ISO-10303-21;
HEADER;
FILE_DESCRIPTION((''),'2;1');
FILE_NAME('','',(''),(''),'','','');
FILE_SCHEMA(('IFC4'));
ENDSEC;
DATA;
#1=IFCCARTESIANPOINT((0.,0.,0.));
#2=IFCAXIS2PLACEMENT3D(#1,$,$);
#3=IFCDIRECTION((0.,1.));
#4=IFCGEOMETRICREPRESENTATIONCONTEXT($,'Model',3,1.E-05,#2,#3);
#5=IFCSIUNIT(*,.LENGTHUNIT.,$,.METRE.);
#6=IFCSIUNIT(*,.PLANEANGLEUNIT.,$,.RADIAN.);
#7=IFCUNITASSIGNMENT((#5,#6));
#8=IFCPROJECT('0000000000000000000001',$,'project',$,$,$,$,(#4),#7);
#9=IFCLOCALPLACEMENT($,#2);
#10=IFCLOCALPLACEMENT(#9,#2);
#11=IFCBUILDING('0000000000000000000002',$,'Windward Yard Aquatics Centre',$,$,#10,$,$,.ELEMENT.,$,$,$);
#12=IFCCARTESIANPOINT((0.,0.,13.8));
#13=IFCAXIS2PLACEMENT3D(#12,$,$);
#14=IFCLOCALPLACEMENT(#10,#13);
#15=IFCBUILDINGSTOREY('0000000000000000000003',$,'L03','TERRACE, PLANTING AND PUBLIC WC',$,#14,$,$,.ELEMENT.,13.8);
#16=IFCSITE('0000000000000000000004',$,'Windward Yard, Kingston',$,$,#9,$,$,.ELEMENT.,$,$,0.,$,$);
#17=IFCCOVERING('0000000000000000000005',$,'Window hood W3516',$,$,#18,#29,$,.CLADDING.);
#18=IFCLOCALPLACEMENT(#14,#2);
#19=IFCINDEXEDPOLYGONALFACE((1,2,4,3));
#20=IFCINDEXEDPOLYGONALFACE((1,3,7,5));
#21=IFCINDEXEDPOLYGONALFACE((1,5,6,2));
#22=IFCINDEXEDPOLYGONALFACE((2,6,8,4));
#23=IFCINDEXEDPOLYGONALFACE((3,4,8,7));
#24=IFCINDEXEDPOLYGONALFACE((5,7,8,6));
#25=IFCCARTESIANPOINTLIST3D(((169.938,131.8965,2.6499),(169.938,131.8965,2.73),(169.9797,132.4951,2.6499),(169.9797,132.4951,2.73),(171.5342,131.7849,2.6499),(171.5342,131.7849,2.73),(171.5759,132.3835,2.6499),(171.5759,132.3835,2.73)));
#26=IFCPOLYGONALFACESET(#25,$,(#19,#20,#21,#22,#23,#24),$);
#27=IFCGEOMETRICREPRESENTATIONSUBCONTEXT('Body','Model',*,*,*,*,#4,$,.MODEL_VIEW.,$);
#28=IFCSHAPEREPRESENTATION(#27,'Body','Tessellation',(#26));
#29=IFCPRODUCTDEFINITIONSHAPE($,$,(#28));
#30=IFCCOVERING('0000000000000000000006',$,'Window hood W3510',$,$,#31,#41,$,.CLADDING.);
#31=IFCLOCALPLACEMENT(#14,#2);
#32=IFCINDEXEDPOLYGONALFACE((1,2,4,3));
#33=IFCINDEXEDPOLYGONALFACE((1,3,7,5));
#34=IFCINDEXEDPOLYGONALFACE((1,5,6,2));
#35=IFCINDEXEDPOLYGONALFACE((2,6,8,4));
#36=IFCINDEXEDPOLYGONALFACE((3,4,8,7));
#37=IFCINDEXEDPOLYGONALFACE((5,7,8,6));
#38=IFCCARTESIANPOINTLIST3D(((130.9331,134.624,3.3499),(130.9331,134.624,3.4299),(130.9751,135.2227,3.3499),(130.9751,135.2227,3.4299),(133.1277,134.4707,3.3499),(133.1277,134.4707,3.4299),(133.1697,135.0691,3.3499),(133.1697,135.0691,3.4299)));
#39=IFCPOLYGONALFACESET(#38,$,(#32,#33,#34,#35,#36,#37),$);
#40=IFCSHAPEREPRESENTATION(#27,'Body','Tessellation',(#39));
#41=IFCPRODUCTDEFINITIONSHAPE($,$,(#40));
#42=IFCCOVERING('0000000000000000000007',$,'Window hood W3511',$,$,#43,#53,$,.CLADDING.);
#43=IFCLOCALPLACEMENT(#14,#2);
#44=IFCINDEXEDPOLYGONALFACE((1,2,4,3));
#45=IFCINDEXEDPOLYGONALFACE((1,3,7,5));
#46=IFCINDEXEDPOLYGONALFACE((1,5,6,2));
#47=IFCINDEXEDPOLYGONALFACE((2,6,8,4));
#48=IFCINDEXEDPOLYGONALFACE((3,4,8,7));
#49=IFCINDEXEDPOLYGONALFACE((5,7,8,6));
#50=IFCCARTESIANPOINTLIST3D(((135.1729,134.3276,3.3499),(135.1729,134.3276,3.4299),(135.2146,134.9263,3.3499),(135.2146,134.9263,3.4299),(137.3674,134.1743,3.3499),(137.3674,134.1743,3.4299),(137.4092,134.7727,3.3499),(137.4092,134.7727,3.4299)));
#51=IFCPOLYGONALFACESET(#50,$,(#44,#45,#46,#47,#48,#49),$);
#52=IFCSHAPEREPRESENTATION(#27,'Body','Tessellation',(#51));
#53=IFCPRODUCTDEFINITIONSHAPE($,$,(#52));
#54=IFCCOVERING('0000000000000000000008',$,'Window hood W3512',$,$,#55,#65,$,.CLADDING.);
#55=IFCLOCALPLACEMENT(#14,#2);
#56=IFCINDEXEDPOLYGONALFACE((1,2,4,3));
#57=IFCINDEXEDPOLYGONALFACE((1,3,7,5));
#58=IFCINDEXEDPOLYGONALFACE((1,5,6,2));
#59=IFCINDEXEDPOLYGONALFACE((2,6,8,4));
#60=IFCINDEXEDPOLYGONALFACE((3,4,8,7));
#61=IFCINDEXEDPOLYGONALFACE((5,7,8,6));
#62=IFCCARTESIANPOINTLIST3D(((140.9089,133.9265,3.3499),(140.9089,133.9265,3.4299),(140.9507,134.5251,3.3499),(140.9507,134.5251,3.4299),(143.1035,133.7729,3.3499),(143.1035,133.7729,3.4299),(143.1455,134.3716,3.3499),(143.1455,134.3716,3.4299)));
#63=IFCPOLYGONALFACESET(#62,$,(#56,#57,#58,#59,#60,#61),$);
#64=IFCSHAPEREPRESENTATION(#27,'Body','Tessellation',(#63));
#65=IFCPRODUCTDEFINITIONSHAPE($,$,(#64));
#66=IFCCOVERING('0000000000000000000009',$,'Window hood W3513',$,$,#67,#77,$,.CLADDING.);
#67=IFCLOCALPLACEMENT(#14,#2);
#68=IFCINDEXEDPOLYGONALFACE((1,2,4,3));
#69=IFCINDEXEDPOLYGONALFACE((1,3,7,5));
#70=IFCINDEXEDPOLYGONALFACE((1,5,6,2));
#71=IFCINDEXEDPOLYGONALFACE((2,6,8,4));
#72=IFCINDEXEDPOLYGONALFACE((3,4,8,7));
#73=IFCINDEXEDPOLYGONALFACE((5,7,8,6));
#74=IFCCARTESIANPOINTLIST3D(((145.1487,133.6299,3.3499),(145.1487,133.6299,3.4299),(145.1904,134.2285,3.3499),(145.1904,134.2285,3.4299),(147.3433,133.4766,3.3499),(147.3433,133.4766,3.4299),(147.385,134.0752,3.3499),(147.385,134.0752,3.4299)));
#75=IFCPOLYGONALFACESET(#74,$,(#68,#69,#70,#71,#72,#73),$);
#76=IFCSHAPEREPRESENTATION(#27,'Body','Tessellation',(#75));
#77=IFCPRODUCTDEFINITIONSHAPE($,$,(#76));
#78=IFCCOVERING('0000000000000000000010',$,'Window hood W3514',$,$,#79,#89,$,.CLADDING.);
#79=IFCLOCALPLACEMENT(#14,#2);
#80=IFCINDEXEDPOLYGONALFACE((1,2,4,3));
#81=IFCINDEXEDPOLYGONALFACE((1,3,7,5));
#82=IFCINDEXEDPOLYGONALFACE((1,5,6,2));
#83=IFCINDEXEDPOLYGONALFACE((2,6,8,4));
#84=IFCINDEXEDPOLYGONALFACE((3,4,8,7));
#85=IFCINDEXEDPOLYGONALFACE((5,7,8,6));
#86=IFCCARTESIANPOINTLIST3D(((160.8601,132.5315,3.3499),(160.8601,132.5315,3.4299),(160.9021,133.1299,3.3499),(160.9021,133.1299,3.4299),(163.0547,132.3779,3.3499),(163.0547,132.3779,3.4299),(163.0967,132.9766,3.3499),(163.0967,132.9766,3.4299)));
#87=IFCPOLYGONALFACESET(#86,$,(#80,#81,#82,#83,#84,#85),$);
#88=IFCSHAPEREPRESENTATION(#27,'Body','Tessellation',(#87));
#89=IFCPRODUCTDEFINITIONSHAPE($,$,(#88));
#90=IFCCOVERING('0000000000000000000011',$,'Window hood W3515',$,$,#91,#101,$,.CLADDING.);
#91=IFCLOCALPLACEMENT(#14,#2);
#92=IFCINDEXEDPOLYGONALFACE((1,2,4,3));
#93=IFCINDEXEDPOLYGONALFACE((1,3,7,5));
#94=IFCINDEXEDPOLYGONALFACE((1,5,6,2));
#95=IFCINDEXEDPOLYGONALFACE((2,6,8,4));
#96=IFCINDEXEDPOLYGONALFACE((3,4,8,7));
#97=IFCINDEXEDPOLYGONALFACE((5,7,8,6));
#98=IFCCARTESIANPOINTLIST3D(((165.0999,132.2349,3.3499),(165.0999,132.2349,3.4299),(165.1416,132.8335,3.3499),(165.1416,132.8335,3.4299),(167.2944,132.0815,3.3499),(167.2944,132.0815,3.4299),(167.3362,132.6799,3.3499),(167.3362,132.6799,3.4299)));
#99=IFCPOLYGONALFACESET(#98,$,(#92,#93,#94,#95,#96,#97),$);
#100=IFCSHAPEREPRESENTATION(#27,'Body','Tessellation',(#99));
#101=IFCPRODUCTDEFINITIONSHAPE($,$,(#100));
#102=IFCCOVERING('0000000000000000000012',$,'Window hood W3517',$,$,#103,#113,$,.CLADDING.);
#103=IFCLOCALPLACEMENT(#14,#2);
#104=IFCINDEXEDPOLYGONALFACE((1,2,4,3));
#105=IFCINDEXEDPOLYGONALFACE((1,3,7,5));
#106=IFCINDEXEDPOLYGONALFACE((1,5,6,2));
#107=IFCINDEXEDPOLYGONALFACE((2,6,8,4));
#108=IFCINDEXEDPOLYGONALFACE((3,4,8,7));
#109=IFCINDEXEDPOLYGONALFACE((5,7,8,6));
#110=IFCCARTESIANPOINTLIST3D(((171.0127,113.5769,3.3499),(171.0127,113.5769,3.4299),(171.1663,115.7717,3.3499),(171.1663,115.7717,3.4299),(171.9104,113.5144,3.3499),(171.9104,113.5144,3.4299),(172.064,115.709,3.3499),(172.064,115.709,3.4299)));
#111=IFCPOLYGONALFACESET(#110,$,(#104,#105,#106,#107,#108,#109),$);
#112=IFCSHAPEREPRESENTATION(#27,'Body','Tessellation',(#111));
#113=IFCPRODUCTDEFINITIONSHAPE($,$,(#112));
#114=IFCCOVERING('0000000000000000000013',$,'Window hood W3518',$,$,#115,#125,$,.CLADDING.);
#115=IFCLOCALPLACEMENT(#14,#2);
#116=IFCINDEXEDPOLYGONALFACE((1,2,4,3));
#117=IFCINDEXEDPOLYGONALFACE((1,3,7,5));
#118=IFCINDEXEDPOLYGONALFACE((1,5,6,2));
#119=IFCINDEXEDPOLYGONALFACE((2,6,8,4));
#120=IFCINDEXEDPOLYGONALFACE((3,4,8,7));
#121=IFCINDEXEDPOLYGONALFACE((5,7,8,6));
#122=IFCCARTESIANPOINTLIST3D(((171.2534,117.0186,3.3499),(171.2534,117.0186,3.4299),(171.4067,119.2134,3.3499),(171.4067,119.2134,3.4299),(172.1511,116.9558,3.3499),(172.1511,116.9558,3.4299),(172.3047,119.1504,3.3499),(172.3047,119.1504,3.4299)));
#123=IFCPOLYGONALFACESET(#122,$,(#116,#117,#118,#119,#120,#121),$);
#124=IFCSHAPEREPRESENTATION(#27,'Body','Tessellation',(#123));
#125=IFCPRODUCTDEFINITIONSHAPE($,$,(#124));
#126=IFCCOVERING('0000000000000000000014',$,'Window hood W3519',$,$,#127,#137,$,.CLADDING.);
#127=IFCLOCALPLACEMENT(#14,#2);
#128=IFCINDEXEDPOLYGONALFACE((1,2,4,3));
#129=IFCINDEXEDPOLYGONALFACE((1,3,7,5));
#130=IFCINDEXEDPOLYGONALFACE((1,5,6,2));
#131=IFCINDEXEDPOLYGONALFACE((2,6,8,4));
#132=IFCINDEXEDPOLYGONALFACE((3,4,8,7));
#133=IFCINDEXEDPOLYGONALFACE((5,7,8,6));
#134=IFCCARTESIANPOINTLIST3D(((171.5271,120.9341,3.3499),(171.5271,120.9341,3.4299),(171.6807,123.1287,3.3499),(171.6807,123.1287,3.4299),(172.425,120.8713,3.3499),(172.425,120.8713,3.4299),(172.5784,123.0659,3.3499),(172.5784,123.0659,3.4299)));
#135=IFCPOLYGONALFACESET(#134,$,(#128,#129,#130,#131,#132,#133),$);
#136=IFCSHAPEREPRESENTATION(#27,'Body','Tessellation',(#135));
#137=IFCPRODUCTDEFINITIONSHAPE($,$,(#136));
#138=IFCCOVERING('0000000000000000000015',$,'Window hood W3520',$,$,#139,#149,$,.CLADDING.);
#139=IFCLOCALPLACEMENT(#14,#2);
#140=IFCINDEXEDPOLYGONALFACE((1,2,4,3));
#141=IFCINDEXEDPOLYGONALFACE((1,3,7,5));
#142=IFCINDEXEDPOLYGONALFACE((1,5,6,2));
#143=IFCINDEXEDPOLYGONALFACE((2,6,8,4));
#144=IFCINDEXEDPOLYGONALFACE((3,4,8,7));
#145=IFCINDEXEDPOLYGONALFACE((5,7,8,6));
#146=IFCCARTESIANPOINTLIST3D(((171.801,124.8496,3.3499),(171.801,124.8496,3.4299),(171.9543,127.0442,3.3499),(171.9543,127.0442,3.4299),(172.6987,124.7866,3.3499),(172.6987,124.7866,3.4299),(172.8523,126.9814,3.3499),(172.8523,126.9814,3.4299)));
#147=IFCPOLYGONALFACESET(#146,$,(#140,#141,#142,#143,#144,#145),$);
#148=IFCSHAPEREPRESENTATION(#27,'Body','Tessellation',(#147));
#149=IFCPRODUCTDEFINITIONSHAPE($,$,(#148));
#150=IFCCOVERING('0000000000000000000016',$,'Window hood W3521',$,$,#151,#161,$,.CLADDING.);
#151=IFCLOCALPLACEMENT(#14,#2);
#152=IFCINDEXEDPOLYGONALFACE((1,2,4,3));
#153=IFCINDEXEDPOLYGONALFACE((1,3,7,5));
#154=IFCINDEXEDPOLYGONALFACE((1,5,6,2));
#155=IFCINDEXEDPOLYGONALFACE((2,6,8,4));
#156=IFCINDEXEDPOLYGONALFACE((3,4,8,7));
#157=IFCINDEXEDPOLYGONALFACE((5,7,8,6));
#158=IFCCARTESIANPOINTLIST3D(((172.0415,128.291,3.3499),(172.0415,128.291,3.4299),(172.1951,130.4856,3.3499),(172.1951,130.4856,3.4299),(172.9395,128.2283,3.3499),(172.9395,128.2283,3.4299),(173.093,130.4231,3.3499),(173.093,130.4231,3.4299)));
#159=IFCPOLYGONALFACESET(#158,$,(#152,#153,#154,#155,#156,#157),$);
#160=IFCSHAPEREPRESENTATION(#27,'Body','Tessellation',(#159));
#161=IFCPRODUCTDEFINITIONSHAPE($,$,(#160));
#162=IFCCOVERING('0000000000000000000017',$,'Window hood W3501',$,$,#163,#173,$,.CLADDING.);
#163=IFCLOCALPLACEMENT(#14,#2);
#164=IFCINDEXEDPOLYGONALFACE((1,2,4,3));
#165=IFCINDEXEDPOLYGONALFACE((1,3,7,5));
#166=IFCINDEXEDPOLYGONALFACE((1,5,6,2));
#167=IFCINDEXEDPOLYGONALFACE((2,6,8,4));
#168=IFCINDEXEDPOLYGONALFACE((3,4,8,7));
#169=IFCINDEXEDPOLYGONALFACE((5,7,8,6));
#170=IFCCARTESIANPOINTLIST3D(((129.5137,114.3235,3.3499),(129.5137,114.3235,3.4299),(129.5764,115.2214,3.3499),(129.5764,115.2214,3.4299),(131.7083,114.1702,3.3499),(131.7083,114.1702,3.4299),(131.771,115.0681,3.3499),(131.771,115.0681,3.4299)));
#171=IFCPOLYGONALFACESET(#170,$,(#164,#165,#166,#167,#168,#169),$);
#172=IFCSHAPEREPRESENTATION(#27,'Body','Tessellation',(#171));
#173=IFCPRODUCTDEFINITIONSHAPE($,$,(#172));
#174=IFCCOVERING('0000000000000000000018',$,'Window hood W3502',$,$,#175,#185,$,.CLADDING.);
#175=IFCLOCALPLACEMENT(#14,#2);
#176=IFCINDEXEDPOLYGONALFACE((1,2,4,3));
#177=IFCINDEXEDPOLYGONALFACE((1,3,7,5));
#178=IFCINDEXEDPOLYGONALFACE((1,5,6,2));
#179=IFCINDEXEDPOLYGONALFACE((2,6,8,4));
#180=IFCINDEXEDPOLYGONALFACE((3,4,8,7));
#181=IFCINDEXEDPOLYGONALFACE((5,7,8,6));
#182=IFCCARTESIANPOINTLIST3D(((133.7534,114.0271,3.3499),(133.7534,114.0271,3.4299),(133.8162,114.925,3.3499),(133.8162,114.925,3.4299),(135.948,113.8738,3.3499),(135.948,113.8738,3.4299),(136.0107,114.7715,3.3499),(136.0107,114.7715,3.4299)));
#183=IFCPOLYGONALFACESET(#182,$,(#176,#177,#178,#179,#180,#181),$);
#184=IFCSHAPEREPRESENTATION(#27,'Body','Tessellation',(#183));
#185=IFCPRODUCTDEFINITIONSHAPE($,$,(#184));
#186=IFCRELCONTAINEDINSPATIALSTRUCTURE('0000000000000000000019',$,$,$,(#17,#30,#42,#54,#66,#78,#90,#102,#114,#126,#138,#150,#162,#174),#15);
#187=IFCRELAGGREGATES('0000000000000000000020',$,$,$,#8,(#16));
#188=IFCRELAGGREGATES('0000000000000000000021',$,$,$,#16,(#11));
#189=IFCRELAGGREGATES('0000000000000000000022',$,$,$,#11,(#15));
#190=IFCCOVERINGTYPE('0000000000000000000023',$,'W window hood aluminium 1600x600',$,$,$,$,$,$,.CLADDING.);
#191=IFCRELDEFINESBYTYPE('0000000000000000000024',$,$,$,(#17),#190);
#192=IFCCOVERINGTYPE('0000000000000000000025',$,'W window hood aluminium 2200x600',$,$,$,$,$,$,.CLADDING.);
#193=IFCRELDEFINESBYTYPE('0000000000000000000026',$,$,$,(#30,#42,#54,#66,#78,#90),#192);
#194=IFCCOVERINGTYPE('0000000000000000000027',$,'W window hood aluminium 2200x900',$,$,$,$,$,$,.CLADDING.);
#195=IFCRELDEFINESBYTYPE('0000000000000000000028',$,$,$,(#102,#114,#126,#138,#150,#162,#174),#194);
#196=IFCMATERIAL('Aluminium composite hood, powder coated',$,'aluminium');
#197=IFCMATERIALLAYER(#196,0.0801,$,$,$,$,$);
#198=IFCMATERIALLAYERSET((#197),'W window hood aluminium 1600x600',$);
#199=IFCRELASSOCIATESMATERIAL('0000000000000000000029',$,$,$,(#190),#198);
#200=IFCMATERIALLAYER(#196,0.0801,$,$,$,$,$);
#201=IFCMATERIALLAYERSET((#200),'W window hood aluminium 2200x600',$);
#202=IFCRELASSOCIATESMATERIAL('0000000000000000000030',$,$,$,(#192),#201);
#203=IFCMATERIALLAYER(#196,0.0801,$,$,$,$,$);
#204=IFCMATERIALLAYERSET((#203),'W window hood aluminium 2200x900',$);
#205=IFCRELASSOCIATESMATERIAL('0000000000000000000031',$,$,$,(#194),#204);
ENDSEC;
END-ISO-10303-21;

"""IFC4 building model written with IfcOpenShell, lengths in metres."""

from ifc_helpers import new_model, si_unit, direction, frame, origin, place, context, subcontext, project, spatial, polyline, outline, extrude, material, layer, layer_set, type_object, element, save


model = new_model("IFC4")

# Units and contexts
model_context = context("Model", 3, precision=1e-05, world=origin(), true_north=direction((0.0, 1.0)))
body_context = subcontext(model_context, "Body", "Model", "MODEL_VIEW")
ifc_project = project(units=[si_unit("LENGTHUNIT", "METRE"), si_unit("PLANEANGLEUNIT", "RADIAN")], contexts=[model_context])

# Site, building, storey
site_placement = place(None, origin())
site = spatial("IfcSite", under=ifc_project, at=site_placement, Name="Windward Yard, Kingston", CompositionType="ELEMENT", RefElevation=0.0)
building_placement = place(site_placement, origin())
building = spatial("IfcBuilding", under=site, at=building_placement, Name="Windward Yard Aquatics Centre", CompositionType="ELEMENT")
storey_placement = place(building_placement, frame((0.0, 0.0, 13.8)))
storey = spatial("IfcBuildingStorey", under=building, at=storey_placement, Name="L03", Description="TERRACE, PLANTING AND PUBLIC WC", CompositionType="ELEMENT", Elevation=13.8)

# Coverings
ifc_material_1 = material(Name="Aluminium composite hood, powder coated", Category="aluminium")
ifc_layer_1 = layer(ifc_material_1, 0.0801)
ifc_layer_set_1 = layer_set([ifc_layer_1], Name="W window hood aluminium 1600x600")
covering_type_1 = type_object("IfcCoveringType", Name="W window hood aluminium 1600x600", PredefinedType="CLADDING", material=ifc_layer_set_1)
covering_1_placement = place(storey_placement, frame((0.0, 0.0, 2.6499)))
element("IfcCovering", 1, at=covering_1_placement, inside=storey, type_object=covering_type_1, Name="Window hood W3516", PredefinedType="CLADDING", context=body_context, shape_type="SweptSolid", body=[
    extrude(outline(polyline([(169.938, 131.8965), (171.5342, 131.7849), (171.5759, 132.3835), (169.9797, 132.4951), (169.938, 131.8965)])), origin(), (0.0, 0.0, 1.0), 0.0801),
])
ifc_layer_2 = layer(ifc_material_1, 0.0801)
ifc_layer_set_2 = layer_set([ifc_layer_2], Name="W window hood aluminium 2200x600")
covering_type_2 = type_object("IfcCoveringType", Name="W window hood aluminium 2200x600", PredefinedType="CLADDING", material=ifc_layer_set_2)
covering_2_placement = place(storey_placement, frame((0.0, 0.0, 3.3499)))
element("IfcCovering", 2, at=covering_2_placement, inside=storey, type_object=covering_type_2, Name="Window hood W3510", PredefinedType="CLADDING", context=body_context, shape_type="SweptSolid", body=[
    extrude(outline(polyline([(130.9331, 134.624), (133.1277, 134.4707), (133.1697, 135.0691), (130.9751, 135.2227), (130.9331, 134.624)])), origin(), (0.0, 0.0, 1.0), 0.0801),
])
covering_3_placement = place(storey_placement, frame((0.0, 0.0, 3.3499)))
element("IfcCovering", 3, at=covering_3_placement, inside=storey, type_object=covering_type_2, Name="Window hood W3511", PredefinedType="CLADDING", context=body_context, shape_type="SweptSolid", body=[
    extrude(outline(polyline([(135.1729, 134.3276), (137.3674, 134.1743), (137.4092, 134.7727), (135.2146, 134.9263), (135.1729, 134.3276)])), origin(), (0.0, 0.0, 1.0), 0.0801),
])
covering_4_placement = place(storey_placement, frame((0.0, 0.0, 3.3499)))
element("IfcCovering", 4, at=covering_4_placement, inside=storey, type_object=covering_type_2, Name="Window hood W3512", PredefinedType="CLADDING", context=body_context, shape_type="SweptSolid", body=[
    extrude(outline(polyline([(140.9089, 133.9265), (143.1035, 133.7729), (143.1455, 134.3716), (140.9507, 134.5251), (140.9089, 133.9265)])), origin(), (0.0, 0.0, 1.0), 0.0801),
])
covering_5_placement = place(storey_placement, frame((0.0, 0.0, 3.3499)))
element("IfcCovering", 5, at=covering_5_placement, inside=storey, type_object=covering_type_2, Name="Window hood W3513", PredefinedType="CLADDING", context=body_context, shape_type="SweptSolid", body=[
    extrude(outline(polyline([(145.1487, 133.6299), (147.3433, 133.4766), (147.385, 134.0752), (145.1904, 134.2285), (145.1487, 133.6299)])), origin(), (0.0, 0.0, 1.0), 0.0801),
])
covering_6_placement = place(storey_placement, frame((0.0, 0.0, 3.3499)))
element("IfcCovering", 6, at=covering_6_placement, inside=storey, type_object=covering_type_2, Name="Window hood W3514", PredefinedType="CLADDING", context=body_context, shape_type="SweptSolid", body=[
    extrude(outline(polyline([(160.8601, 132.5315), (163.0547, 132.3779), (163.0967, 132.9766), (160.9021, 133.1299), (160.8601, 132.5315)])), origin(), (0.0, 0.0, 1.0), 0.0801),
])
covering_7_placement = place(storey_placement, frame((0.0, 0.0, 3.3499)))
element("IfcCovering", 7, at=covering_7_placement, inside=storey, type_object=covering_type_2, Name="Window hood W3515", PredefinedType="CLADDING", context=body_context, shape_type="SweptSolid", body=[
    extrude(outline(polyline([(165.0999, 132.2349), (167.2944, 132.0815), (167.3362, 132.6799), (165.1416, 132.8335), (165.0999, 132.2349)])), origin(), (0.0, 0.0, 1.0), 0.0801),
])
ifc_layer_3 = layer(ifc_material_1, 0.0801)
ifc_layer_set_3 = layer_set([ifc_layer_3], Name="W window hood aluminium 2200x900")
covering_type_3 = type_object("IfcCoveringType", Name="W window hood aluminium 2200x900", PredefinedType="CLADDING", material=ifc_layer_set_3)
covering_8_placement = place(storey_placement, frame((0.0, 0.0, 3.3499)))
element("IfcCovering", 8, at=covering_8_placement, inside=storey, type_object=covering_type_3, Name="Window hood W3517", PredefinedType="CLADDING", context=body_context, shape_type="SweptSolid", body=[
    extrude(outline(polyline([(171.0127, 113.5769), (171.1663, 115.7717), (172.064, 115.709), (171.9104, 113.5144), (171.0127, 113.5769)])), origin(), (0.0, 0.0, 1.0), 0.0801),
])
covering_9_placement = place(storey_placement, frame((0.0, 0.0, 3.3499)))
element("IfcCovering", 9, at=covering_9_placement, inside=storey, type_object=covering_type_3, Name="Window hood W3518", PredefinedType="CLADDING", context=body_context, shape_type="SweptSolid", body=[
    extrude(outline(polyline([(171.2534, 117.0186), (171.4067, 119.2134), (172.3047, 119.1504), (172.1511, 116.9558), (171.2534, 117.0186)])), origin(), (0.0, 0.0, 1.0), 0.0801),
])
covering_10_placement = place(storey_placement, frame((0.0, 0.0, 3.3499)))
element("IfcCovering", 10, at=covering_10_placement, inside=storey, type_object=covering_type_3, Name="Window hood W3519", PredefinedType="CLADDING", context=body_context, shape_type="SweptSolid", body=[
    extrude(outline(polyline([(171.5271, 120.9341), (171.6807, 123.1287), (172.5784, 123.0659), (172.425, 120.8713), (171.5271, 120.9341)])), origin(), (0.0, 0.0, 1.0), 0.0801),
])
covering_11_placement = place(storey_placement, frame((0.0, 0.0, 3.3499)))
element("IfcCovering", 11, at=covering_11_placement, inside=storey, type_object=covering_type_3, Name="Window hood W3520", PredefinedType="CLADDING", context=body_context, shape_type="SweptSolid", body=[
    extrude(outline(polyline([(171.801, 124.8496), (171.9543, 127.0442), (172.8523, 126.9814), (172.6987, 124.7866), (171.801, 124.8496)])), origin(), (0.0, 0.0, 1.0), 0.0801),
])
covering_12_placement = place(storey_placement, frame((0.0, 0.0, 3.3499)))
element("IfcCovering", 12, at=covering_12_placement, inside=storey, type_object=covering_type_3, Name="Window hood W3521", PredefinedType="CLADDING", context=body_context, shape_type="SweptSolid", body=[
    extrude(outline(polyline([(172.0415, 128.291), (172.1951, 130.4856), (173.093, 130.4231), (172.9395, 128.2283), (172.0415, 128.291)])), origin(), (0.0, 0.0, 1.0), 0.0801),
])
covering_13_placement = place(storey_placement, frame((0.0, 0.0, 3.3499)))
element("IfcCovering", 13, at=covering_13_placement, inside=storey, type_object=covering_type_3, Name="Window hood W3501", PredefinedType="CLADDING", context=body_context, shape_type="SweptSolid", body=[
    extrude(outline(polyline([(129.5137, 114.3235), (129.5764, 115.2214), (131.771, 115.0681), (131.7083, 114.1702), (129.5137, 114.3235)])), origin(), (0.0, 0.0, 1.0), 0.0801),
])
covering_14_placement = place(storey_placement, frame((0.0, 0.0, 3.3499)))
element("IfcCovering", 14, at=covering_14_placement, inside=storey, type_object=covering_type_3, Name="Window hood W3502", PredefinedType="CLADDING", context=body_context, shape_type="SweptSolid", body=[
    extrude(outline(polyline([(133.7534, 114.0271), (133.8162, 114.925), (136.0107, 114.7715), (135.948, 113.8738), (133.7534, 114.0271)])), origin(), (0.0, 0.0, 1.0), 0.0801),
])

save(model, "model.ifc")
